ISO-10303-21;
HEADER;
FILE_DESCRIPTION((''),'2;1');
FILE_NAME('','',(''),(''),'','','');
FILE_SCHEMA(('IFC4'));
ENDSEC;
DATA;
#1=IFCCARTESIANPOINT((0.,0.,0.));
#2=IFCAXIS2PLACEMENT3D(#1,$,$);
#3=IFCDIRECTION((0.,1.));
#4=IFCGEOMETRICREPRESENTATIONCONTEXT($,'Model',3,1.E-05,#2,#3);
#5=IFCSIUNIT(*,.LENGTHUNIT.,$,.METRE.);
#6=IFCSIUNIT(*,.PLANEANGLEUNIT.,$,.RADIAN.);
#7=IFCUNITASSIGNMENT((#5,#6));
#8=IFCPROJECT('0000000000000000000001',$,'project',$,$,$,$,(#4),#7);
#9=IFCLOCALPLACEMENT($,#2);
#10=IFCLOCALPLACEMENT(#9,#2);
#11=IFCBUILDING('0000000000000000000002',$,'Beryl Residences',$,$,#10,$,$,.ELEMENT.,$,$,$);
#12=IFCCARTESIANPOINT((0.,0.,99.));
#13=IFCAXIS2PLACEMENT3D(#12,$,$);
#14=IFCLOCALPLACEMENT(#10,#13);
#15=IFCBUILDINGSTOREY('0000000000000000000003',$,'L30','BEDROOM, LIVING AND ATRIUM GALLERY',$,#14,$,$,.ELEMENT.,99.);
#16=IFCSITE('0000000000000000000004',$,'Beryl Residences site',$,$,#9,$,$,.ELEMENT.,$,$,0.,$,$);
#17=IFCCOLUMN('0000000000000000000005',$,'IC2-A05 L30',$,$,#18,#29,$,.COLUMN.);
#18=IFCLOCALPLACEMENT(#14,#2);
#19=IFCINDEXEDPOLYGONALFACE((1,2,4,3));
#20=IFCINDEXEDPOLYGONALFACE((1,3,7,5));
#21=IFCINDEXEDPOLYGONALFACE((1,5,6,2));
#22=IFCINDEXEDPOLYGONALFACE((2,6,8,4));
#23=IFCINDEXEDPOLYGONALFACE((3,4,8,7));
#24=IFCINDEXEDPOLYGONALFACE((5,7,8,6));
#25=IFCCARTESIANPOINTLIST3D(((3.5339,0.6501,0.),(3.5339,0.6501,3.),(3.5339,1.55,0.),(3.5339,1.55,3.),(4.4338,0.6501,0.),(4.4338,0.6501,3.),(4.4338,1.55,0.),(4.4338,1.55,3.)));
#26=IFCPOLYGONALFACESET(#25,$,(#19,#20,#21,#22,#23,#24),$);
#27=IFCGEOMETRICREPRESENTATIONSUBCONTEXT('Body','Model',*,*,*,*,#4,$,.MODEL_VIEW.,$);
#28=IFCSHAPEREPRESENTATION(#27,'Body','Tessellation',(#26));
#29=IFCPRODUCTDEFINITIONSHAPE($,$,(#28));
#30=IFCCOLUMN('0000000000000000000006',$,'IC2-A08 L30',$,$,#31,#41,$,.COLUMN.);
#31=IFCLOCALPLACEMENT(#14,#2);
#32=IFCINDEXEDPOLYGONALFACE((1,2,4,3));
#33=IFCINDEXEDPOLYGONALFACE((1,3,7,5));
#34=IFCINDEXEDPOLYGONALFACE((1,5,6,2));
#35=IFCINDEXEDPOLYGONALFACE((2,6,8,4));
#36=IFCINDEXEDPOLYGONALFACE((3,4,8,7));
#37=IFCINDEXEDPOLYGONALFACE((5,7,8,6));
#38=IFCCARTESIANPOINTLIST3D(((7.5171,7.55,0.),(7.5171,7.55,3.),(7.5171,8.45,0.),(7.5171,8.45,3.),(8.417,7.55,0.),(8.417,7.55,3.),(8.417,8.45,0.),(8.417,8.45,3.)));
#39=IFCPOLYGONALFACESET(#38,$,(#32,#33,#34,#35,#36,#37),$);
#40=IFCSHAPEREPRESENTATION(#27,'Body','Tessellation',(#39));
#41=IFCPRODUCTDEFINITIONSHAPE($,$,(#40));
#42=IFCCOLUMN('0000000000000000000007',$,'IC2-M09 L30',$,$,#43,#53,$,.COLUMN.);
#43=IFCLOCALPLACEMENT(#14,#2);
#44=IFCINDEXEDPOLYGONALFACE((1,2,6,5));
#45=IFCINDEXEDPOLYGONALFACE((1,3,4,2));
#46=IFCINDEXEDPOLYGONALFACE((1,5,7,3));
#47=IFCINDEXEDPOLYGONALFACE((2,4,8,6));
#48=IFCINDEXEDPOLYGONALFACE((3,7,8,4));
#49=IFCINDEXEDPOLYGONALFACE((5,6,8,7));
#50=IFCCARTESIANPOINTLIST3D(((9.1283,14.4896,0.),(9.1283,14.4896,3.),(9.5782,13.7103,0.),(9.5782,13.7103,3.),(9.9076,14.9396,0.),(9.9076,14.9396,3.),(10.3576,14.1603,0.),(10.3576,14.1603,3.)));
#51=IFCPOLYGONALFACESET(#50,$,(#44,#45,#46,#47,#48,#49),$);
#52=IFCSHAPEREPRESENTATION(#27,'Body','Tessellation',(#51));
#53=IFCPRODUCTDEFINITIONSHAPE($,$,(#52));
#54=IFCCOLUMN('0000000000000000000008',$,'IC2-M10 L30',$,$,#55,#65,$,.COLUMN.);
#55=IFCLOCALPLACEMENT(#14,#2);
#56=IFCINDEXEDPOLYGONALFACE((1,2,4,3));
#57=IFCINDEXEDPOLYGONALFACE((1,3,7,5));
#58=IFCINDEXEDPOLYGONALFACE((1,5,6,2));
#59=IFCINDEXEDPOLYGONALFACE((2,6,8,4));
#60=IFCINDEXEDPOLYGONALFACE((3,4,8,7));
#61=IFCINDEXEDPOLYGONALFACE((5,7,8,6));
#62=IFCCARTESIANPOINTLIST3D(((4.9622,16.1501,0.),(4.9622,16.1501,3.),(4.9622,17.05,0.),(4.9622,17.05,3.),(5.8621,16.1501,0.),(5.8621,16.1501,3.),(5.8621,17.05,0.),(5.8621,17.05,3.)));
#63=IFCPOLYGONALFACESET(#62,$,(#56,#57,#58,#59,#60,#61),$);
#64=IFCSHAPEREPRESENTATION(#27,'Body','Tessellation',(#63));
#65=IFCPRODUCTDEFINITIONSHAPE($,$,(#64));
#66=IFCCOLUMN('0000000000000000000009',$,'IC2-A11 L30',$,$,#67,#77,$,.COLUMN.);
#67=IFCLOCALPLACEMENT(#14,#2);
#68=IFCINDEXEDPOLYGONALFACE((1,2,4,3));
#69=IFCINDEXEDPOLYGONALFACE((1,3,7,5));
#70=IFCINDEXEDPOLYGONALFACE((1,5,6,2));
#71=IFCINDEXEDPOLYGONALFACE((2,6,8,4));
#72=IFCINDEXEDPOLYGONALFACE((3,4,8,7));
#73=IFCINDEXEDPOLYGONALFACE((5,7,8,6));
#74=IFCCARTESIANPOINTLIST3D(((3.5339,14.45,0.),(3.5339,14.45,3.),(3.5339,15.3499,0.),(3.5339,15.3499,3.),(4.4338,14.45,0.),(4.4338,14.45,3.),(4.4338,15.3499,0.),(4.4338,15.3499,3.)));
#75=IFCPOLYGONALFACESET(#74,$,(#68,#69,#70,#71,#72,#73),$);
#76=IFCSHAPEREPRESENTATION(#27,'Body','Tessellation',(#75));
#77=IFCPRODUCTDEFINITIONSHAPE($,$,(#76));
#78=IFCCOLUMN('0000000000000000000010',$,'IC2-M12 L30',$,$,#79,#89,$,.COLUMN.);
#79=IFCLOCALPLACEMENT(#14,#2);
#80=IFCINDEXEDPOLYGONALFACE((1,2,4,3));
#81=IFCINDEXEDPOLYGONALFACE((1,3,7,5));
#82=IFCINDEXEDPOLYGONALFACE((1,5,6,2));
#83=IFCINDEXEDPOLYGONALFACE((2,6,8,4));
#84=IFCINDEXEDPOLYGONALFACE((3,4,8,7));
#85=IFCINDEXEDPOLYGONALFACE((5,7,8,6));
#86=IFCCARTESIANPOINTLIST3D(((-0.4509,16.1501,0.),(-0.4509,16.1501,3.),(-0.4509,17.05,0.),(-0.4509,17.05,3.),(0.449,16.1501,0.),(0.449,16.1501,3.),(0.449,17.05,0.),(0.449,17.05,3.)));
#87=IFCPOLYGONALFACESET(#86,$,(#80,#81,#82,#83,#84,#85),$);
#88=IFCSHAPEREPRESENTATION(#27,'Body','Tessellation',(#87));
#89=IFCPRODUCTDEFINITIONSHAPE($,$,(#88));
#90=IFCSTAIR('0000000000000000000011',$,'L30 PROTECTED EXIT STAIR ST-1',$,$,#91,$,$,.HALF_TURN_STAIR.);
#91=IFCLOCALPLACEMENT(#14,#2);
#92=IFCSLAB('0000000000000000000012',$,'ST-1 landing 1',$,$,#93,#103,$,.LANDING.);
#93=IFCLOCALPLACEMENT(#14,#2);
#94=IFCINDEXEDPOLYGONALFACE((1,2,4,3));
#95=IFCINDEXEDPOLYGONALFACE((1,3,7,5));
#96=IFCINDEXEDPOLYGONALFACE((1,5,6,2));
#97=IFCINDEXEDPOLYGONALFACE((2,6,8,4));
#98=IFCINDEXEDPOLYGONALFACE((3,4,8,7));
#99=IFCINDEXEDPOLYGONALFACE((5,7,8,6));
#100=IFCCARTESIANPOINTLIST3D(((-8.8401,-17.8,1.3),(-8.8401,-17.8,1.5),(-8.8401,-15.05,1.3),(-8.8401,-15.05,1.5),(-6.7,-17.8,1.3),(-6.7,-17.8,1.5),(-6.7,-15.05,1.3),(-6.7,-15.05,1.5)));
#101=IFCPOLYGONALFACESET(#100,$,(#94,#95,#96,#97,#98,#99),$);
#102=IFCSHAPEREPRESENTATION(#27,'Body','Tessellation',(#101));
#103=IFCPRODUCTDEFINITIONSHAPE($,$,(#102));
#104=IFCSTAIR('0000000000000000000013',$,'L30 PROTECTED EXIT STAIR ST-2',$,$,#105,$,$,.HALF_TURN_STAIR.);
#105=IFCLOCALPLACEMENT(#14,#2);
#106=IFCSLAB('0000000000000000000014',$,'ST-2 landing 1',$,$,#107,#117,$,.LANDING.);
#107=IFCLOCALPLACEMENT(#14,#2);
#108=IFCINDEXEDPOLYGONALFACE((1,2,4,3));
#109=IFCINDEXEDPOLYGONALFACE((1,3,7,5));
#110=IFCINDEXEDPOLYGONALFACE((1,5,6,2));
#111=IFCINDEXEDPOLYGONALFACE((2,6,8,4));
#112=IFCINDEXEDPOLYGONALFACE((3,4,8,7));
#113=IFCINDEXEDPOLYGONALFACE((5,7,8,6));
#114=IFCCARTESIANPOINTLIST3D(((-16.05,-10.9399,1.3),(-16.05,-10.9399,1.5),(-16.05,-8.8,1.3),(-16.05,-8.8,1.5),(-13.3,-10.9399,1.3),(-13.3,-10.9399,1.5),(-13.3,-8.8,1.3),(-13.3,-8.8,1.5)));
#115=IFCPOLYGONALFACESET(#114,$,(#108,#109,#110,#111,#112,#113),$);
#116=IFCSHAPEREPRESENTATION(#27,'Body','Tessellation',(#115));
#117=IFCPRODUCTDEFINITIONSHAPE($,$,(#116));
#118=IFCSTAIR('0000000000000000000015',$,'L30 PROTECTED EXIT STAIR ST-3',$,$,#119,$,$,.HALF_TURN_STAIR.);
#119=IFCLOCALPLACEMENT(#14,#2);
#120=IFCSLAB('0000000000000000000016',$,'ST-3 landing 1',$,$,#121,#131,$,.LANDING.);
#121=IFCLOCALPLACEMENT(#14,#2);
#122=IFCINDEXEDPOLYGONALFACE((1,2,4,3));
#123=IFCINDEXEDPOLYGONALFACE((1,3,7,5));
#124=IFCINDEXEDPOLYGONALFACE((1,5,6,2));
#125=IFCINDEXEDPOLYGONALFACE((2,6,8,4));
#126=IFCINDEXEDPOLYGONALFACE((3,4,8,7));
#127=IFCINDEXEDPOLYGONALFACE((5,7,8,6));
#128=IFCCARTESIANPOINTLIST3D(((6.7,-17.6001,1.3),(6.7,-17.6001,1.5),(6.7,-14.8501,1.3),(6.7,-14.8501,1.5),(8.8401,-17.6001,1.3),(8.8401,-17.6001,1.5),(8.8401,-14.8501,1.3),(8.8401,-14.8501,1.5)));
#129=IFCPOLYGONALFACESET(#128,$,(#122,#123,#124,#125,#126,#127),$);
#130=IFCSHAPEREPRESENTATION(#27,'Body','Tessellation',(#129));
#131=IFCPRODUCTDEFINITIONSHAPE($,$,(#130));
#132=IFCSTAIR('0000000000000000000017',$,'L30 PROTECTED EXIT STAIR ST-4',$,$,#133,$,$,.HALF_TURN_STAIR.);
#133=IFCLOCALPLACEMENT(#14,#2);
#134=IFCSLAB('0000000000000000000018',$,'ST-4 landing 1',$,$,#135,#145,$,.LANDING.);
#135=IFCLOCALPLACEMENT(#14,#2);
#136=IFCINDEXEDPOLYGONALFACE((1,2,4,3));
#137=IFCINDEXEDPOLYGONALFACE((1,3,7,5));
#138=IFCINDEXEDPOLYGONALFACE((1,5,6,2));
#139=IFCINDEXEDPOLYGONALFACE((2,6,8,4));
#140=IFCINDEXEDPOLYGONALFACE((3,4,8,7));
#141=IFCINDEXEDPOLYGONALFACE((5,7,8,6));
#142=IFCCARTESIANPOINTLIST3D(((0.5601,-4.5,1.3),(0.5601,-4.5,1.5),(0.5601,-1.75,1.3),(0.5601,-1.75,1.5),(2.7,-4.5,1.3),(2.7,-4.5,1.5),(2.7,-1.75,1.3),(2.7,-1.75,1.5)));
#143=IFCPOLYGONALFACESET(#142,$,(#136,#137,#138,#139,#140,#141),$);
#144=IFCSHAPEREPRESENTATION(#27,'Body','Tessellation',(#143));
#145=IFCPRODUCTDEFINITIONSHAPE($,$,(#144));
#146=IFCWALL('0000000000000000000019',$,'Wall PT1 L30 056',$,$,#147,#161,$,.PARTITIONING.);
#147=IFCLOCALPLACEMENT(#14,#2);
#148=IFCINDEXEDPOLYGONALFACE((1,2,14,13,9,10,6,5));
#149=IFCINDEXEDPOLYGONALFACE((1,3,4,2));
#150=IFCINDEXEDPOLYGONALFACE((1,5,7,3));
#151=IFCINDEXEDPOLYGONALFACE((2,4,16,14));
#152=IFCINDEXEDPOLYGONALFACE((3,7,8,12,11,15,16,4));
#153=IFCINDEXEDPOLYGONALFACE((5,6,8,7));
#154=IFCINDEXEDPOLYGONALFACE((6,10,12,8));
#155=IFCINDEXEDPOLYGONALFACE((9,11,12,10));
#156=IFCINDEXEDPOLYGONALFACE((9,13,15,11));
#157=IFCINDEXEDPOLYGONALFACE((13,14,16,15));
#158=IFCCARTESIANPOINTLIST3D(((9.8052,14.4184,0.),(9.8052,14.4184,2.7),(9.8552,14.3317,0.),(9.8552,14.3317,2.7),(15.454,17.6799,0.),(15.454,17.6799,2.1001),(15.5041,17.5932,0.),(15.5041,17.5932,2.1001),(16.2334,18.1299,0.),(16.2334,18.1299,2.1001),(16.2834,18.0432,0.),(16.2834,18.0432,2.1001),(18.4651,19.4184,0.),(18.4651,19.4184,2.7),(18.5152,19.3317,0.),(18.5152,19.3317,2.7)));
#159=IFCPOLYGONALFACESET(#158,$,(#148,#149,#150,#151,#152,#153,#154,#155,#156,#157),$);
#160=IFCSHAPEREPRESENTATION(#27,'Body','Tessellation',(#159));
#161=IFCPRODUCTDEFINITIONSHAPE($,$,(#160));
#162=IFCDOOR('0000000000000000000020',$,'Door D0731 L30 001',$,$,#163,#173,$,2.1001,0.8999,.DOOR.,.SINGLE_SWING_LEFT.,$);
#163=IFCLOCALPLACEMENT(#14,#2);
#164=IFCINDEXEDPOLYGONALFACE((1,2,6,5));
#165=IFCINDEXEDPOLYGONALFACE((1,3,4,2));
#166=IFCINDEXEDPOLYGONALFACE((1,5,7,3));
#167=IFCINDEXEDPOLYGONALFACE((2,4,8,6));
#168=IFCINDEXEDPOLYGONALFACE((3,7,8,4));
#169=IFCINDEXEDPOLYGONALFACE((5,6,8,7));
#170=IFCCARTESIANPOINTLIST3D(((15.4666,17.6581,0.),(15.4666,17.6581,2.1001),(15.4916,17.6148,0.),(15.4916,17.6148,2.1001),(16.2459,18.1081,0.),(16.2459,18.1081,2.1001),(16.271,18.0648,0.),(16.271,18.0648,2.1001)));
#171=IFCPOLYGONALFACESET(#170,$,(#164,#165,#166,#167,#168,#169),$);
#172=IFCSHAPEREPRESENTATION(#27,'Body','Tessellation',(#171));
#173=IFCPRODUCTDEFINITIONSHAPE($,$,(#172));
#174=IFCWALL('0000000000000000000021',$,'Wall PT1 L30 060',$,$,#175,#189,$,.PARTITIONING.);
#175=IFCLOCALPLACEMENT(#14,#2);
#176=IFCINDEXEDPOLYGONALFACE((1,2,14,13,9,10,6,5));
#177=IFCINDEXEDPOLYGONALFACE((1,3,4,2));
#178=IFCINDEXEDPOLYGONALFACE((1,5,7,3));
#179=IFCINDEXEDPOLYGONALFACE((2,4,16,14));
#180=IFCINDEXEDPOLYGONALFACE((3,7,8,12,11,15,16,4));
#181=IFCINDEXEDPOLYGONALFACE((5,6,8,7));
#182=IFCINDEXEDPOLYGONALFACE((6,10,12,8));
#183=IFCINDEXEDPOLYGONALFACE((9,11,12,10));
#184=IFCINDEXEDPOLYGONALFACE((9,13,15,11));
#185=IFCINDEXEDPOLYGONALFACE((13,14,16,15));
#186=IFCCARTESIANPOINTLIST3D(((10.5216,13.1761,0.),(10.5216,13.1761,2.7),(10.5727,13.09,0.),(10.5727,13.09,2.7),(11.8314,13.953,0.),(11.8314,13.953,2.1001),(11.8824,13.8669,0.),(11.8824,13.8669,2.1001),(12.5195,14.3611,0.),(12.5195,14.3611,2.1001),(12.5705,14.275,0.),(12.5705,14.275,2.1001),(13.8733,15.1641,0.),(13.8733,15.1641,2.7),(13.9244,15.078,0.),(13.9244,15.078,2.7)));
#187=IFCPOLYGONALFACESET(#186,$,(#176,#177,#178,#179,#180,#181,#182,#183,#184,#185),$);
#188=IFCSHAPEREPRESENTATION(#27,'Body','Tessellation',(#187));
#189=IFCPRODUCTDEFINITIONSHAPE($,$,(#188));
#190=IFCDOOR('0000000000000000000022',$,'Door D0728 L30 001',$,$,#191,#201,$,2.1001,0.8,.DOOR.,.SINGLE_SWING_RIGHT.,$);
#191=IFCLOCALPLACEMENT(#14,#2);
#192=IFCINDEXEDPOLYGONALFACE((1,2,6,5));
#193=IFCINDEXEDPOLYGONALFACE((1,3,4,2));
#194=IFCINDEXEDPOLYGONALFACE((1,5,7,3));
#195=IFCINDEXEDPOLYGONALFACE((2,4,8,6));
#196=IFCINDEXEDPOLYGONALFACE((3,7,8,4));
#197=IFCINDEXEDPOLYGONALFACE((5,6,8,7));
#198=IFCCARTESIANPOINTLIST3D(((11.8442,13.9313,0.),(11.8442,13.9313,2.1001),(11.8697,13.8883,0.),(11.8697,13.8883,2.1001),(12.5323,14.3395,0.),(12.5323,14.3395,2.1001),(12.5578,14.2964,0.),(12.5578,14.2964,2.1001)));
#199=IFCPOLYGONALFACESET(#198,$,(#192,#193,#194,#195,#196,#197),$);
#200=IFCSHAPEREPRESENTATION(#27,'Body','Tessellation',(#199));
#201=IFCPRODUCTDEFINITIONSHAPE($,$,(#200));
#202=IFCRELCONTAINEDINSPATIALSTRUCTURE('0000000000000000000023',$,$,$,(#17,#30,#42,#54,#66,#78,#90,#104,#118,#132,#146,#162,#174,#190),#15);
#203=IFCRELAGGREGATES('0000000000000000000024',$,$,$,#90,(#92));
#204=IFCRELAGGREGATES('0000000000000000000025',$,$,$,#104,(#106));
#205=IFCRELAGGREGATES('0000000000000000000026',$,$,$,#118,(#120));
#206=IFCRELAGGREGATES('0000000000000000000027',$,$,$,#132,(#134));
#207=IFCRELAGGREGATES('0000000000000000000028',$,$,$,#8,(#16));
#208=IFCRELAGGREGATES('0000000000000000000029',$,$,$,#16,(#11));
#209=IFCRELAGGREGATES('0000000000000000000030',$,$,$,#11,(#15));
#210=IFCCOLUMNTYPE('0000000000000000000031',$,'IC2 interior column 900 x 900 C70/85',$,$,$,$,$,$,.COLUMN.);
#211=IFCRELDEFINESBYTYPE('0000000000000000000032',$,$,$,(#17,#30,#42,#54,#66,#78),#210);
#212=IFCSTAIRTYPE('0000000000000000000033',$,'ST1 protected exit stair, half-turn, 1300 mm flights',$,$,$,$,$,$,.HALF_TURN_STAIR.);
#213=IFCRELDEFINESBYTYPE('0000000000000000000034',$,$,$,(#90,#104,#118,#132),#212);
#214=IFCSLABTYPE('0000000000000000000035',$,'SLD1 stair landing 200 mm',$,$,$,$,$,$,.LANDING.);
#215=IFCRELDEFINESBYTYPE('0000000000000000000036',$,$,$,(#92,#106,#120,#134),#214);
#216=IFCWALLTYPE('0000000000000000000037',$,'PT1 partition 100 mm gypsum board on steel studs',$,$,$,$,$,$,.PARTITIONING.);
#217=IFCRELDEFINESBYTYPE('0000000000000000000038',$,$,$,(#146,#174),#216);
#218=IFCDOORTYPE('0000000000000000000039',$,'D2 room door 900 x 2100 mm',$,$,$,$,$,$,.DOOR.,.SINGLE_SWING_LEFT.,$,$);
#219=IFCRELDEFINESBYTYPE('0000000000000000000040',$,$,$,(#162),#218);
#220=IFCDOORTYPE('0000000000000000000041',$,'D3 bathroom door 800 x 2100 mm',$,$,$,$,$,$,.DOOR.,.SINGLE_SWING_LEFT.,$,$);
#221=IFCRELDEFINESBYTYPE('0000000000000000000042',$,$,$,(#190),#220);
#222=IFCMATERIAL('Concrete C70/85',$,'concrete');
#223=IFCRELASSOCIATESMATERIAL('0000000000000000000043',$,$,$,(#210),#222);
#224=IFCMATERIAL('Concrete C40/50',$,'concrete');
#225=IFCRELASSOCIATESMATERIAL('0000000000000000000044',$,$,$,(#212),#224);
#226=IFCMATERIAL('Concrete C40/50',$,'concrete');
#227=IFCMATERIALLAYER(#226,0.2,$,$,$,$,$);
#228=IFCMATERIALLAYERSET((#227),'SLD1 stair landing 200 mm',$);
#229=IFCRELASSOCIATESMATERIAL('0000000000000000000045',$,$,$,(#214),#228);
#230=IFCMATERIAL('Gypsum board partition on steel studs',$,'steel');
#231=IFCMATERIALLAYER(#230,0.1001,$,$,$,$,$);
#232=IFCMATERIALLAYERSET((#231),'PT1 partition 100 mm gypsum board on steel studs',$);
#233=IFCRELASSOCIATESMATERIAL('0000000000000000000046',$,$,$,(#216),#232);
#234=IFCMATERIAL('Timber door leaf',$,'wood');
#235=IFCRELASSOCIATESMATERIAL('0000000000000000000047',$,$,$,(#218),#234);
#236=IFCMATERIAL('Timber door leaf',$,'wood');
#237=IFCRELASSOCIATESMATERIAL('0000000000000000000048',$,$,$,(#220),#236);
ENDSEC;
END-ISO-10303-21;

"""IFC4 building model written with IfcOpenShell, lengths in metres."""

from ifc_helpers import new_model, si_unit, direction, frame, frame_2d, origin, origin_2d, place, context, subcontext, project, spatial, polyline, rectangle, outline, extrude, material, layer, layer_set, material_profile, profile_set, type_object, element, fill, aggregate, save


model = new_model("IFC4")

# Units and contexts
model_context = context("Model", 3, precision=1e-05, world=origin(), true_north=direction((0.0, 1.0)))
body_context = subcontext(model_context, "Body", "Model", "MODEL_VIEW")
ifc_project = project(units=[si_unit("LENGTHUNIT", "METRE"), si_unit("PLANEANGLEUNIT", "RADIAN")], contexts=[model_context])

# Site, building, storey
site_placement = place(None, origin())
site = spatial("IfcSite", under=ifc_project, at=site_placement, Name="Beryl Residences site", CompositionType="ELEMENT", RefElevation=0.0)
building_placement = place(site_placement, origin())
building = spatial("IfcBuilding", under=site, at=building_placement, Name="Beryl Residences", CompositionType="ELEMENT")
storey_placement = place(building_placement, frame((0.0, 0.0, 99.0)))
storey = spatial("IfcBuildingStorey", under=building, at=storey_placement, Name="L30", Description="BEDROOM, LIVING AND ATRIUM GALLERY", CompositionType="ELEMENT", Elevation=99.0)

# Columns
ifc_material_1 = material(Name="Concrete C70/85", Category="concrete")
ifc_material_profile = material_profile(ifc_material_1, rectangle(XDim=0.8999, YDim=0.8999, at=origin_2d()))
ifc_profile_set = profile_set([ifc_material_profile], Name="Concrete C70/85")
column_type = type_object("IfcColumnType", Name="IC2 interior column 900 x 900 C70/85", PredefinedType="COLUMN", material=ifc_profile_set)
for number, where, z_axis, x_axis, name in (
    (1, (3.9839, 1.1001, 0.0), (0.0, 0.0, 1.0), (1.0, 0.0, 0.0), "IC2-A05 L30"),
    (2, (7.967, 8.0, 0.0), (0.0, 0.0, 1.0), (1.0, 0.0, 0.0), "IC2-A08 L30"),
    (3, (9.7429, 14.325, 0.0), (0.0, 0.0, 1.0), (-0.5, 0.866025, 0.0), "IC2-M09 L30"),
    (4, (5.4121, 16.6001, 0.0), (0.0, 0.0, 1.0), (-1.0, 0.0, 0.0), "IC2-M10 L30"),
    (5, (3.9839, 14.8999, 0.0), (0.0, 0.0, 1.0), (1.0, 0.0, 0.0), "IC2-A11 L30"),
    (6, (-0.001, 16.6001, 0.0), (0.0, 0.0, 1.0), (-1.0, 0.0, 0.0), "IC2-M12 L30"),
):
    element("IfcColumn", number, at=place(storey_placement, frame(where, z_axis=z_axis, x_axis=x_axis)), inside=storey, type_object=column_type, Name=name, PredefinedType="COLUMN", context=body_context, shape_type="SweptSolid", body=[
        extrude(rectangle(XDim=0.8999, YDim=0.8999, at=origin_2d()), origin(), (0.0, 0.0, 1.0), 3.0),
    ])

# Stairs, slabs
ifc_material_2 = material(Name="Concrete C40/50", Category="concrete")
stair_type = type_object("IfcStairType", Name="ST1 protected exit stair, half-turn, 1300 mm flights", PredefinedType="HALF_TURN_STAIR", material=ifc_material_2)
stair_1_placement = place(storey_placement, origin())
stair_1 = element("IfcStair", 7, at=stair_1_placement, inside=storey, type_object=stair_type, Name="L30 PROTECTED EXIT STAIR ST-1", PredefinedType="HALF_TURN_STAIR")
ifc_material_3 = material(Name="Concrete C40/50", Category="concrete")
ifc_layer_1 = layer(ifc_material_3, 0.2)
ifc_layer_set_1 = layer_set([ifc_layer_1], Name="SLD1 stair landing 200 mm")
slab_type_1 = type_object("IfcSlabType", Name="SLD1 stair landing 200 mm", PredefinedType="LANDING", material=ifc_layer_set_1)
slab_1_placement = place(storey_placement, frame((0.0, 0.0, 1.3)))
slab_1 = element("IfcSlab", 8, at=slab_1_placement, type_object=slab_type_1, Name="ST-1 landing 1", PredefinedType="LANDING", context=body_context, shape_type="SweptSolid", body=[
    extrude(outline(polyline([(-8.8401, -17.8), (-6.7, -17.8), (-6.7, -15.05), (-8.8401, -15.05), (-8.8401, -17.8)])), origin(), (0.0, 0.0, 1.0), 0.2),
])
aggregate(stair_1, [slab_1])
stair_2_placement = place(storey_placement, origin())
stair_2 = element("IfcStair", 9, at=stair_2_placement, inside=storey, type_object=stair_type, Name="L30 PROTECTED EXIT STAIR ST-2", PredefinedType="HALF_TURN_STAIR")
slab_2_placement = place(storey_placement, frame((0.0, 0.0, 1.3)))
slab_2 = element("IfcSlab", 10, at=slab_2_placement, type_object=slab_type_1, Name="ST-2 landing 1", PredefinedType="LANDING", context=body_context, shape_type="SweptSolid", body=[
    extrude(outline(polyline([(-13.3, -10.9399), (-13.3, -8.8), (-16.05, -8.8), (-16.05, -10.9399), (-13.3, -10.9399)])), origin(), (0.0, 0.0, 1.0), 0.2),
])
aggregate(stair_2, [slab_2])
stair_3_placement = place(storey_placement, origin())
stair_3 = element("IfcStair", 11, at=stair_3_placement, inside=storey, type_object=stair_type, Name="L30 PROTECTED EXIT STAIR ST-3", PredefinedType="HALF_TURN_STAIR")
slab_3_placement = place(storey_placement, frame((0.0, 0.0, 1.3)))
slab_3 = element("IfcSlab", 12, at=slab_3_placement, type_object=slab_type_1, Name="ST-3 landing 1", PredefinedType="LANDING", context=body_context, shape_type="SweptSolid", body=[
    extrude(outline(polyline([(8.8401, -14.8501), (6.7, -14.8501), (6.7, -17.6001), (8.8401, -17.6001), (8.8401, -14.8501)])), origin(), (0.0, 0.0, 1.0), 0.2),
])
aggregate(stair_3, [slab_3])
stair_4_placement = place(storey_placement, origin())
stair_4 = element("IfcStair", 13, at=stair_4_placement, inside=storey, type_object=stair_type, Name="L30 PROTECTED EXIT STAIR ST-4", PredefinedType="HALF_TURN_STAIR")
slab_4_placement = place(storey_placement, frame((0.0, 0.0, 1.3)))
slab_4 = element("IfcSlab", 14, at=slab_4_placement, type_object=slab_type_1, Name="ST-4 landing 1", PredefinedType="LANDING", context=body_context, shape_type="SweptSolid", body=[
    extrude(outline(polyline([(0.5601, -4.5), (2.7, -4.5), (2.7, -1.75), (0.5601, -1.75), (0.5601, -4.5)])), origin(), (0.0, 0.0, 1.0), 0.2),
])
aggregate(stair_4, [slab_4])

# Walls, openings, doors
ifc_material_4 = material(Name="Gypsum board partition on steel studs", Category="steel")
ifc_layer_2 = layer(ifc_material_4, 0.1001)
ifc_layer_set_2 = layer_set([ifc_layer_2], Name="PT1 partition 100 mm gypsum board on steel studs")
wall_type_1 = type_object("IfcWallType", Name="PT1 partition 100 mm gypsum board on steel studs", PredefinedType="PARTITIONING", material=ifc_layer_set_2)
wall_1_placement = place(storey_placement, frame((9.8301, 14.375, 0.0), z_axis=(0.0, 0.0, 1.0), x_axis=(0.866017, 0.500015, 0.0)))
wall_1 = element("IfcWall", 15, at=wall_1_placement, inside=storey, type_object=wall_type_1, Name="Wall PT1 L30 056", PredefinedType="PARTITIONING", context=body_context, shape_type="SweptSolid", body=[
    extrude(rectangle(XDim=9.9998, YDim=0.1001, at=frame_2d((5.0, 0.0))), origin(), (0.0, 0.0, 1.0), 2.7),
])
opening_1_placement = place(wall_1_placement, frame((6.5229, 0.0, 0.0)))
opening_1 = element("IfcOpeningElement", 16, at=opening_1_placement, cuts=wall_1, PredefinedType="OPENING", context=body_context, shape_type="SweptSolid", body=[
    extrude(rectangle(XDim=0.8999, YDim=2.1001, at=frame_2d((0.45, 1.05))), frame((0.0, 0.0601, 0.0), z_axis=(0.0, -1.0, 0.0), x_axis=(1.0, 0.0, 0.0)), (0.0, 0.0, 1.0), 0.1201),
])
ifc_material_5 = material(Name="Timber door leaf", Category="wood")
door_type_1 = type_object("IfcDoorType", Name="D2 room door 900 x 2100 mm", OperationType="SINGLE_SWING_LEFT", PredefinedType="DOOR", material=ifc_material_5)
door_1_placement = place(opening_1_placement, origin())
door_1 = element("IfcDoor", 17, at=door_1_placement, inside=storey, type_object=door_type_1, Name="Door D0731 L30 001", OperationType="SINGLE_SWING_LEFT", OverallHeight=2.1001, OverallWidth=0.8999, PredefinedType="DOOR", context=body_context, shape_type="SweptSolid", body=[
    extrude(rectangle(XDim=0.8999, YDim=2.1001, at=frame_2d((0.45, 1.05))), frame((0.0, 0.0249, 0.0), z_axis=(0.0, -1.0, 0.0), x_axis=(1.0, 0.0, 0.0)), (0.0, 0.0, 1.0), 0.05),
])
fill(opening_1, door_1)
wall_2_placement = place(storey_placement, frame((10.5471, 13.1331, 0.0), z_axis=(0.0, 0.0, 1.0), x_axis=(0.860091, 0.510141, 0.0)))
wall_2 = element("IfcWall", 18, at=wall_2_placement, inside=storey, type_object=wall_type_1, Name="Wall PT1 L30 060", PredefinedType="PARTITIONING", context=body_context, shape_type="SweptSolid", body=[
    extrude(rectangle(XDim=3.897, YDim=0.1001, at=frame_2d((1.9485, 0.0))), origin(), (0.0, 0.0, 1.0), 2.7),
])
opening_2_placement = place(wall_2_placement, frame((1.5229, 0.0, 0.0)))
opening_2 = element("IfcOpeningElement", 19, at=opening_2_placement, cuts=wall_2, PredefinedType="OPENING", context=body_context, shape_type="SweptSolid", body=[
    extrude(rectangle(XDim=0.8, YDim=2.1001, at=frame_2d((0.3999, 1.05))), frame((0.0, 0.0601, 0.0), z_axis=(0.0, -1.0, 0.0), x_axis=(1.0, 0.0, 0.0)), (0.0, 0.0, 1.0), 0.1201),
])
ifc_material_6 = material(Name="Timber door leaf", Category="wood")
door_type_2 = type_object("IfcDoorType", Name="D3 bathroom door 800 x 2100 mm", OperationType="SINGLE_SWING_LEFT", PredefinedType="DOOR", material=ifc_material_6)
door_2_placement = place(opening_2_placement, origin())
door_2 = element("IfcDoor", 20, at=door_2_placement, inside=storey, type_object=door_type_2, Name="Door D0728 L30 001", OperationType="SINGLE_SWING_RIGHT", OverallHeight=2.1001, OverallWidth=0.8, PredefinedType="DOOR", context=body_context, shape_type="SweptSolid", body=[
    extrude(rectangle(XDim=0.8, YDim=2.1001, at=frame_2d((0.3999, 1.05))), frame((0.0, 0.0249, 0.0), z_axis=(0.0, -1.0, 0.0), x_axis=(1.0, 0.0, 0.0)), (0.0, 0.0, 1.0), 0.05),
])
fill(opening_2, door_2)

save(model, "model.ifc")
